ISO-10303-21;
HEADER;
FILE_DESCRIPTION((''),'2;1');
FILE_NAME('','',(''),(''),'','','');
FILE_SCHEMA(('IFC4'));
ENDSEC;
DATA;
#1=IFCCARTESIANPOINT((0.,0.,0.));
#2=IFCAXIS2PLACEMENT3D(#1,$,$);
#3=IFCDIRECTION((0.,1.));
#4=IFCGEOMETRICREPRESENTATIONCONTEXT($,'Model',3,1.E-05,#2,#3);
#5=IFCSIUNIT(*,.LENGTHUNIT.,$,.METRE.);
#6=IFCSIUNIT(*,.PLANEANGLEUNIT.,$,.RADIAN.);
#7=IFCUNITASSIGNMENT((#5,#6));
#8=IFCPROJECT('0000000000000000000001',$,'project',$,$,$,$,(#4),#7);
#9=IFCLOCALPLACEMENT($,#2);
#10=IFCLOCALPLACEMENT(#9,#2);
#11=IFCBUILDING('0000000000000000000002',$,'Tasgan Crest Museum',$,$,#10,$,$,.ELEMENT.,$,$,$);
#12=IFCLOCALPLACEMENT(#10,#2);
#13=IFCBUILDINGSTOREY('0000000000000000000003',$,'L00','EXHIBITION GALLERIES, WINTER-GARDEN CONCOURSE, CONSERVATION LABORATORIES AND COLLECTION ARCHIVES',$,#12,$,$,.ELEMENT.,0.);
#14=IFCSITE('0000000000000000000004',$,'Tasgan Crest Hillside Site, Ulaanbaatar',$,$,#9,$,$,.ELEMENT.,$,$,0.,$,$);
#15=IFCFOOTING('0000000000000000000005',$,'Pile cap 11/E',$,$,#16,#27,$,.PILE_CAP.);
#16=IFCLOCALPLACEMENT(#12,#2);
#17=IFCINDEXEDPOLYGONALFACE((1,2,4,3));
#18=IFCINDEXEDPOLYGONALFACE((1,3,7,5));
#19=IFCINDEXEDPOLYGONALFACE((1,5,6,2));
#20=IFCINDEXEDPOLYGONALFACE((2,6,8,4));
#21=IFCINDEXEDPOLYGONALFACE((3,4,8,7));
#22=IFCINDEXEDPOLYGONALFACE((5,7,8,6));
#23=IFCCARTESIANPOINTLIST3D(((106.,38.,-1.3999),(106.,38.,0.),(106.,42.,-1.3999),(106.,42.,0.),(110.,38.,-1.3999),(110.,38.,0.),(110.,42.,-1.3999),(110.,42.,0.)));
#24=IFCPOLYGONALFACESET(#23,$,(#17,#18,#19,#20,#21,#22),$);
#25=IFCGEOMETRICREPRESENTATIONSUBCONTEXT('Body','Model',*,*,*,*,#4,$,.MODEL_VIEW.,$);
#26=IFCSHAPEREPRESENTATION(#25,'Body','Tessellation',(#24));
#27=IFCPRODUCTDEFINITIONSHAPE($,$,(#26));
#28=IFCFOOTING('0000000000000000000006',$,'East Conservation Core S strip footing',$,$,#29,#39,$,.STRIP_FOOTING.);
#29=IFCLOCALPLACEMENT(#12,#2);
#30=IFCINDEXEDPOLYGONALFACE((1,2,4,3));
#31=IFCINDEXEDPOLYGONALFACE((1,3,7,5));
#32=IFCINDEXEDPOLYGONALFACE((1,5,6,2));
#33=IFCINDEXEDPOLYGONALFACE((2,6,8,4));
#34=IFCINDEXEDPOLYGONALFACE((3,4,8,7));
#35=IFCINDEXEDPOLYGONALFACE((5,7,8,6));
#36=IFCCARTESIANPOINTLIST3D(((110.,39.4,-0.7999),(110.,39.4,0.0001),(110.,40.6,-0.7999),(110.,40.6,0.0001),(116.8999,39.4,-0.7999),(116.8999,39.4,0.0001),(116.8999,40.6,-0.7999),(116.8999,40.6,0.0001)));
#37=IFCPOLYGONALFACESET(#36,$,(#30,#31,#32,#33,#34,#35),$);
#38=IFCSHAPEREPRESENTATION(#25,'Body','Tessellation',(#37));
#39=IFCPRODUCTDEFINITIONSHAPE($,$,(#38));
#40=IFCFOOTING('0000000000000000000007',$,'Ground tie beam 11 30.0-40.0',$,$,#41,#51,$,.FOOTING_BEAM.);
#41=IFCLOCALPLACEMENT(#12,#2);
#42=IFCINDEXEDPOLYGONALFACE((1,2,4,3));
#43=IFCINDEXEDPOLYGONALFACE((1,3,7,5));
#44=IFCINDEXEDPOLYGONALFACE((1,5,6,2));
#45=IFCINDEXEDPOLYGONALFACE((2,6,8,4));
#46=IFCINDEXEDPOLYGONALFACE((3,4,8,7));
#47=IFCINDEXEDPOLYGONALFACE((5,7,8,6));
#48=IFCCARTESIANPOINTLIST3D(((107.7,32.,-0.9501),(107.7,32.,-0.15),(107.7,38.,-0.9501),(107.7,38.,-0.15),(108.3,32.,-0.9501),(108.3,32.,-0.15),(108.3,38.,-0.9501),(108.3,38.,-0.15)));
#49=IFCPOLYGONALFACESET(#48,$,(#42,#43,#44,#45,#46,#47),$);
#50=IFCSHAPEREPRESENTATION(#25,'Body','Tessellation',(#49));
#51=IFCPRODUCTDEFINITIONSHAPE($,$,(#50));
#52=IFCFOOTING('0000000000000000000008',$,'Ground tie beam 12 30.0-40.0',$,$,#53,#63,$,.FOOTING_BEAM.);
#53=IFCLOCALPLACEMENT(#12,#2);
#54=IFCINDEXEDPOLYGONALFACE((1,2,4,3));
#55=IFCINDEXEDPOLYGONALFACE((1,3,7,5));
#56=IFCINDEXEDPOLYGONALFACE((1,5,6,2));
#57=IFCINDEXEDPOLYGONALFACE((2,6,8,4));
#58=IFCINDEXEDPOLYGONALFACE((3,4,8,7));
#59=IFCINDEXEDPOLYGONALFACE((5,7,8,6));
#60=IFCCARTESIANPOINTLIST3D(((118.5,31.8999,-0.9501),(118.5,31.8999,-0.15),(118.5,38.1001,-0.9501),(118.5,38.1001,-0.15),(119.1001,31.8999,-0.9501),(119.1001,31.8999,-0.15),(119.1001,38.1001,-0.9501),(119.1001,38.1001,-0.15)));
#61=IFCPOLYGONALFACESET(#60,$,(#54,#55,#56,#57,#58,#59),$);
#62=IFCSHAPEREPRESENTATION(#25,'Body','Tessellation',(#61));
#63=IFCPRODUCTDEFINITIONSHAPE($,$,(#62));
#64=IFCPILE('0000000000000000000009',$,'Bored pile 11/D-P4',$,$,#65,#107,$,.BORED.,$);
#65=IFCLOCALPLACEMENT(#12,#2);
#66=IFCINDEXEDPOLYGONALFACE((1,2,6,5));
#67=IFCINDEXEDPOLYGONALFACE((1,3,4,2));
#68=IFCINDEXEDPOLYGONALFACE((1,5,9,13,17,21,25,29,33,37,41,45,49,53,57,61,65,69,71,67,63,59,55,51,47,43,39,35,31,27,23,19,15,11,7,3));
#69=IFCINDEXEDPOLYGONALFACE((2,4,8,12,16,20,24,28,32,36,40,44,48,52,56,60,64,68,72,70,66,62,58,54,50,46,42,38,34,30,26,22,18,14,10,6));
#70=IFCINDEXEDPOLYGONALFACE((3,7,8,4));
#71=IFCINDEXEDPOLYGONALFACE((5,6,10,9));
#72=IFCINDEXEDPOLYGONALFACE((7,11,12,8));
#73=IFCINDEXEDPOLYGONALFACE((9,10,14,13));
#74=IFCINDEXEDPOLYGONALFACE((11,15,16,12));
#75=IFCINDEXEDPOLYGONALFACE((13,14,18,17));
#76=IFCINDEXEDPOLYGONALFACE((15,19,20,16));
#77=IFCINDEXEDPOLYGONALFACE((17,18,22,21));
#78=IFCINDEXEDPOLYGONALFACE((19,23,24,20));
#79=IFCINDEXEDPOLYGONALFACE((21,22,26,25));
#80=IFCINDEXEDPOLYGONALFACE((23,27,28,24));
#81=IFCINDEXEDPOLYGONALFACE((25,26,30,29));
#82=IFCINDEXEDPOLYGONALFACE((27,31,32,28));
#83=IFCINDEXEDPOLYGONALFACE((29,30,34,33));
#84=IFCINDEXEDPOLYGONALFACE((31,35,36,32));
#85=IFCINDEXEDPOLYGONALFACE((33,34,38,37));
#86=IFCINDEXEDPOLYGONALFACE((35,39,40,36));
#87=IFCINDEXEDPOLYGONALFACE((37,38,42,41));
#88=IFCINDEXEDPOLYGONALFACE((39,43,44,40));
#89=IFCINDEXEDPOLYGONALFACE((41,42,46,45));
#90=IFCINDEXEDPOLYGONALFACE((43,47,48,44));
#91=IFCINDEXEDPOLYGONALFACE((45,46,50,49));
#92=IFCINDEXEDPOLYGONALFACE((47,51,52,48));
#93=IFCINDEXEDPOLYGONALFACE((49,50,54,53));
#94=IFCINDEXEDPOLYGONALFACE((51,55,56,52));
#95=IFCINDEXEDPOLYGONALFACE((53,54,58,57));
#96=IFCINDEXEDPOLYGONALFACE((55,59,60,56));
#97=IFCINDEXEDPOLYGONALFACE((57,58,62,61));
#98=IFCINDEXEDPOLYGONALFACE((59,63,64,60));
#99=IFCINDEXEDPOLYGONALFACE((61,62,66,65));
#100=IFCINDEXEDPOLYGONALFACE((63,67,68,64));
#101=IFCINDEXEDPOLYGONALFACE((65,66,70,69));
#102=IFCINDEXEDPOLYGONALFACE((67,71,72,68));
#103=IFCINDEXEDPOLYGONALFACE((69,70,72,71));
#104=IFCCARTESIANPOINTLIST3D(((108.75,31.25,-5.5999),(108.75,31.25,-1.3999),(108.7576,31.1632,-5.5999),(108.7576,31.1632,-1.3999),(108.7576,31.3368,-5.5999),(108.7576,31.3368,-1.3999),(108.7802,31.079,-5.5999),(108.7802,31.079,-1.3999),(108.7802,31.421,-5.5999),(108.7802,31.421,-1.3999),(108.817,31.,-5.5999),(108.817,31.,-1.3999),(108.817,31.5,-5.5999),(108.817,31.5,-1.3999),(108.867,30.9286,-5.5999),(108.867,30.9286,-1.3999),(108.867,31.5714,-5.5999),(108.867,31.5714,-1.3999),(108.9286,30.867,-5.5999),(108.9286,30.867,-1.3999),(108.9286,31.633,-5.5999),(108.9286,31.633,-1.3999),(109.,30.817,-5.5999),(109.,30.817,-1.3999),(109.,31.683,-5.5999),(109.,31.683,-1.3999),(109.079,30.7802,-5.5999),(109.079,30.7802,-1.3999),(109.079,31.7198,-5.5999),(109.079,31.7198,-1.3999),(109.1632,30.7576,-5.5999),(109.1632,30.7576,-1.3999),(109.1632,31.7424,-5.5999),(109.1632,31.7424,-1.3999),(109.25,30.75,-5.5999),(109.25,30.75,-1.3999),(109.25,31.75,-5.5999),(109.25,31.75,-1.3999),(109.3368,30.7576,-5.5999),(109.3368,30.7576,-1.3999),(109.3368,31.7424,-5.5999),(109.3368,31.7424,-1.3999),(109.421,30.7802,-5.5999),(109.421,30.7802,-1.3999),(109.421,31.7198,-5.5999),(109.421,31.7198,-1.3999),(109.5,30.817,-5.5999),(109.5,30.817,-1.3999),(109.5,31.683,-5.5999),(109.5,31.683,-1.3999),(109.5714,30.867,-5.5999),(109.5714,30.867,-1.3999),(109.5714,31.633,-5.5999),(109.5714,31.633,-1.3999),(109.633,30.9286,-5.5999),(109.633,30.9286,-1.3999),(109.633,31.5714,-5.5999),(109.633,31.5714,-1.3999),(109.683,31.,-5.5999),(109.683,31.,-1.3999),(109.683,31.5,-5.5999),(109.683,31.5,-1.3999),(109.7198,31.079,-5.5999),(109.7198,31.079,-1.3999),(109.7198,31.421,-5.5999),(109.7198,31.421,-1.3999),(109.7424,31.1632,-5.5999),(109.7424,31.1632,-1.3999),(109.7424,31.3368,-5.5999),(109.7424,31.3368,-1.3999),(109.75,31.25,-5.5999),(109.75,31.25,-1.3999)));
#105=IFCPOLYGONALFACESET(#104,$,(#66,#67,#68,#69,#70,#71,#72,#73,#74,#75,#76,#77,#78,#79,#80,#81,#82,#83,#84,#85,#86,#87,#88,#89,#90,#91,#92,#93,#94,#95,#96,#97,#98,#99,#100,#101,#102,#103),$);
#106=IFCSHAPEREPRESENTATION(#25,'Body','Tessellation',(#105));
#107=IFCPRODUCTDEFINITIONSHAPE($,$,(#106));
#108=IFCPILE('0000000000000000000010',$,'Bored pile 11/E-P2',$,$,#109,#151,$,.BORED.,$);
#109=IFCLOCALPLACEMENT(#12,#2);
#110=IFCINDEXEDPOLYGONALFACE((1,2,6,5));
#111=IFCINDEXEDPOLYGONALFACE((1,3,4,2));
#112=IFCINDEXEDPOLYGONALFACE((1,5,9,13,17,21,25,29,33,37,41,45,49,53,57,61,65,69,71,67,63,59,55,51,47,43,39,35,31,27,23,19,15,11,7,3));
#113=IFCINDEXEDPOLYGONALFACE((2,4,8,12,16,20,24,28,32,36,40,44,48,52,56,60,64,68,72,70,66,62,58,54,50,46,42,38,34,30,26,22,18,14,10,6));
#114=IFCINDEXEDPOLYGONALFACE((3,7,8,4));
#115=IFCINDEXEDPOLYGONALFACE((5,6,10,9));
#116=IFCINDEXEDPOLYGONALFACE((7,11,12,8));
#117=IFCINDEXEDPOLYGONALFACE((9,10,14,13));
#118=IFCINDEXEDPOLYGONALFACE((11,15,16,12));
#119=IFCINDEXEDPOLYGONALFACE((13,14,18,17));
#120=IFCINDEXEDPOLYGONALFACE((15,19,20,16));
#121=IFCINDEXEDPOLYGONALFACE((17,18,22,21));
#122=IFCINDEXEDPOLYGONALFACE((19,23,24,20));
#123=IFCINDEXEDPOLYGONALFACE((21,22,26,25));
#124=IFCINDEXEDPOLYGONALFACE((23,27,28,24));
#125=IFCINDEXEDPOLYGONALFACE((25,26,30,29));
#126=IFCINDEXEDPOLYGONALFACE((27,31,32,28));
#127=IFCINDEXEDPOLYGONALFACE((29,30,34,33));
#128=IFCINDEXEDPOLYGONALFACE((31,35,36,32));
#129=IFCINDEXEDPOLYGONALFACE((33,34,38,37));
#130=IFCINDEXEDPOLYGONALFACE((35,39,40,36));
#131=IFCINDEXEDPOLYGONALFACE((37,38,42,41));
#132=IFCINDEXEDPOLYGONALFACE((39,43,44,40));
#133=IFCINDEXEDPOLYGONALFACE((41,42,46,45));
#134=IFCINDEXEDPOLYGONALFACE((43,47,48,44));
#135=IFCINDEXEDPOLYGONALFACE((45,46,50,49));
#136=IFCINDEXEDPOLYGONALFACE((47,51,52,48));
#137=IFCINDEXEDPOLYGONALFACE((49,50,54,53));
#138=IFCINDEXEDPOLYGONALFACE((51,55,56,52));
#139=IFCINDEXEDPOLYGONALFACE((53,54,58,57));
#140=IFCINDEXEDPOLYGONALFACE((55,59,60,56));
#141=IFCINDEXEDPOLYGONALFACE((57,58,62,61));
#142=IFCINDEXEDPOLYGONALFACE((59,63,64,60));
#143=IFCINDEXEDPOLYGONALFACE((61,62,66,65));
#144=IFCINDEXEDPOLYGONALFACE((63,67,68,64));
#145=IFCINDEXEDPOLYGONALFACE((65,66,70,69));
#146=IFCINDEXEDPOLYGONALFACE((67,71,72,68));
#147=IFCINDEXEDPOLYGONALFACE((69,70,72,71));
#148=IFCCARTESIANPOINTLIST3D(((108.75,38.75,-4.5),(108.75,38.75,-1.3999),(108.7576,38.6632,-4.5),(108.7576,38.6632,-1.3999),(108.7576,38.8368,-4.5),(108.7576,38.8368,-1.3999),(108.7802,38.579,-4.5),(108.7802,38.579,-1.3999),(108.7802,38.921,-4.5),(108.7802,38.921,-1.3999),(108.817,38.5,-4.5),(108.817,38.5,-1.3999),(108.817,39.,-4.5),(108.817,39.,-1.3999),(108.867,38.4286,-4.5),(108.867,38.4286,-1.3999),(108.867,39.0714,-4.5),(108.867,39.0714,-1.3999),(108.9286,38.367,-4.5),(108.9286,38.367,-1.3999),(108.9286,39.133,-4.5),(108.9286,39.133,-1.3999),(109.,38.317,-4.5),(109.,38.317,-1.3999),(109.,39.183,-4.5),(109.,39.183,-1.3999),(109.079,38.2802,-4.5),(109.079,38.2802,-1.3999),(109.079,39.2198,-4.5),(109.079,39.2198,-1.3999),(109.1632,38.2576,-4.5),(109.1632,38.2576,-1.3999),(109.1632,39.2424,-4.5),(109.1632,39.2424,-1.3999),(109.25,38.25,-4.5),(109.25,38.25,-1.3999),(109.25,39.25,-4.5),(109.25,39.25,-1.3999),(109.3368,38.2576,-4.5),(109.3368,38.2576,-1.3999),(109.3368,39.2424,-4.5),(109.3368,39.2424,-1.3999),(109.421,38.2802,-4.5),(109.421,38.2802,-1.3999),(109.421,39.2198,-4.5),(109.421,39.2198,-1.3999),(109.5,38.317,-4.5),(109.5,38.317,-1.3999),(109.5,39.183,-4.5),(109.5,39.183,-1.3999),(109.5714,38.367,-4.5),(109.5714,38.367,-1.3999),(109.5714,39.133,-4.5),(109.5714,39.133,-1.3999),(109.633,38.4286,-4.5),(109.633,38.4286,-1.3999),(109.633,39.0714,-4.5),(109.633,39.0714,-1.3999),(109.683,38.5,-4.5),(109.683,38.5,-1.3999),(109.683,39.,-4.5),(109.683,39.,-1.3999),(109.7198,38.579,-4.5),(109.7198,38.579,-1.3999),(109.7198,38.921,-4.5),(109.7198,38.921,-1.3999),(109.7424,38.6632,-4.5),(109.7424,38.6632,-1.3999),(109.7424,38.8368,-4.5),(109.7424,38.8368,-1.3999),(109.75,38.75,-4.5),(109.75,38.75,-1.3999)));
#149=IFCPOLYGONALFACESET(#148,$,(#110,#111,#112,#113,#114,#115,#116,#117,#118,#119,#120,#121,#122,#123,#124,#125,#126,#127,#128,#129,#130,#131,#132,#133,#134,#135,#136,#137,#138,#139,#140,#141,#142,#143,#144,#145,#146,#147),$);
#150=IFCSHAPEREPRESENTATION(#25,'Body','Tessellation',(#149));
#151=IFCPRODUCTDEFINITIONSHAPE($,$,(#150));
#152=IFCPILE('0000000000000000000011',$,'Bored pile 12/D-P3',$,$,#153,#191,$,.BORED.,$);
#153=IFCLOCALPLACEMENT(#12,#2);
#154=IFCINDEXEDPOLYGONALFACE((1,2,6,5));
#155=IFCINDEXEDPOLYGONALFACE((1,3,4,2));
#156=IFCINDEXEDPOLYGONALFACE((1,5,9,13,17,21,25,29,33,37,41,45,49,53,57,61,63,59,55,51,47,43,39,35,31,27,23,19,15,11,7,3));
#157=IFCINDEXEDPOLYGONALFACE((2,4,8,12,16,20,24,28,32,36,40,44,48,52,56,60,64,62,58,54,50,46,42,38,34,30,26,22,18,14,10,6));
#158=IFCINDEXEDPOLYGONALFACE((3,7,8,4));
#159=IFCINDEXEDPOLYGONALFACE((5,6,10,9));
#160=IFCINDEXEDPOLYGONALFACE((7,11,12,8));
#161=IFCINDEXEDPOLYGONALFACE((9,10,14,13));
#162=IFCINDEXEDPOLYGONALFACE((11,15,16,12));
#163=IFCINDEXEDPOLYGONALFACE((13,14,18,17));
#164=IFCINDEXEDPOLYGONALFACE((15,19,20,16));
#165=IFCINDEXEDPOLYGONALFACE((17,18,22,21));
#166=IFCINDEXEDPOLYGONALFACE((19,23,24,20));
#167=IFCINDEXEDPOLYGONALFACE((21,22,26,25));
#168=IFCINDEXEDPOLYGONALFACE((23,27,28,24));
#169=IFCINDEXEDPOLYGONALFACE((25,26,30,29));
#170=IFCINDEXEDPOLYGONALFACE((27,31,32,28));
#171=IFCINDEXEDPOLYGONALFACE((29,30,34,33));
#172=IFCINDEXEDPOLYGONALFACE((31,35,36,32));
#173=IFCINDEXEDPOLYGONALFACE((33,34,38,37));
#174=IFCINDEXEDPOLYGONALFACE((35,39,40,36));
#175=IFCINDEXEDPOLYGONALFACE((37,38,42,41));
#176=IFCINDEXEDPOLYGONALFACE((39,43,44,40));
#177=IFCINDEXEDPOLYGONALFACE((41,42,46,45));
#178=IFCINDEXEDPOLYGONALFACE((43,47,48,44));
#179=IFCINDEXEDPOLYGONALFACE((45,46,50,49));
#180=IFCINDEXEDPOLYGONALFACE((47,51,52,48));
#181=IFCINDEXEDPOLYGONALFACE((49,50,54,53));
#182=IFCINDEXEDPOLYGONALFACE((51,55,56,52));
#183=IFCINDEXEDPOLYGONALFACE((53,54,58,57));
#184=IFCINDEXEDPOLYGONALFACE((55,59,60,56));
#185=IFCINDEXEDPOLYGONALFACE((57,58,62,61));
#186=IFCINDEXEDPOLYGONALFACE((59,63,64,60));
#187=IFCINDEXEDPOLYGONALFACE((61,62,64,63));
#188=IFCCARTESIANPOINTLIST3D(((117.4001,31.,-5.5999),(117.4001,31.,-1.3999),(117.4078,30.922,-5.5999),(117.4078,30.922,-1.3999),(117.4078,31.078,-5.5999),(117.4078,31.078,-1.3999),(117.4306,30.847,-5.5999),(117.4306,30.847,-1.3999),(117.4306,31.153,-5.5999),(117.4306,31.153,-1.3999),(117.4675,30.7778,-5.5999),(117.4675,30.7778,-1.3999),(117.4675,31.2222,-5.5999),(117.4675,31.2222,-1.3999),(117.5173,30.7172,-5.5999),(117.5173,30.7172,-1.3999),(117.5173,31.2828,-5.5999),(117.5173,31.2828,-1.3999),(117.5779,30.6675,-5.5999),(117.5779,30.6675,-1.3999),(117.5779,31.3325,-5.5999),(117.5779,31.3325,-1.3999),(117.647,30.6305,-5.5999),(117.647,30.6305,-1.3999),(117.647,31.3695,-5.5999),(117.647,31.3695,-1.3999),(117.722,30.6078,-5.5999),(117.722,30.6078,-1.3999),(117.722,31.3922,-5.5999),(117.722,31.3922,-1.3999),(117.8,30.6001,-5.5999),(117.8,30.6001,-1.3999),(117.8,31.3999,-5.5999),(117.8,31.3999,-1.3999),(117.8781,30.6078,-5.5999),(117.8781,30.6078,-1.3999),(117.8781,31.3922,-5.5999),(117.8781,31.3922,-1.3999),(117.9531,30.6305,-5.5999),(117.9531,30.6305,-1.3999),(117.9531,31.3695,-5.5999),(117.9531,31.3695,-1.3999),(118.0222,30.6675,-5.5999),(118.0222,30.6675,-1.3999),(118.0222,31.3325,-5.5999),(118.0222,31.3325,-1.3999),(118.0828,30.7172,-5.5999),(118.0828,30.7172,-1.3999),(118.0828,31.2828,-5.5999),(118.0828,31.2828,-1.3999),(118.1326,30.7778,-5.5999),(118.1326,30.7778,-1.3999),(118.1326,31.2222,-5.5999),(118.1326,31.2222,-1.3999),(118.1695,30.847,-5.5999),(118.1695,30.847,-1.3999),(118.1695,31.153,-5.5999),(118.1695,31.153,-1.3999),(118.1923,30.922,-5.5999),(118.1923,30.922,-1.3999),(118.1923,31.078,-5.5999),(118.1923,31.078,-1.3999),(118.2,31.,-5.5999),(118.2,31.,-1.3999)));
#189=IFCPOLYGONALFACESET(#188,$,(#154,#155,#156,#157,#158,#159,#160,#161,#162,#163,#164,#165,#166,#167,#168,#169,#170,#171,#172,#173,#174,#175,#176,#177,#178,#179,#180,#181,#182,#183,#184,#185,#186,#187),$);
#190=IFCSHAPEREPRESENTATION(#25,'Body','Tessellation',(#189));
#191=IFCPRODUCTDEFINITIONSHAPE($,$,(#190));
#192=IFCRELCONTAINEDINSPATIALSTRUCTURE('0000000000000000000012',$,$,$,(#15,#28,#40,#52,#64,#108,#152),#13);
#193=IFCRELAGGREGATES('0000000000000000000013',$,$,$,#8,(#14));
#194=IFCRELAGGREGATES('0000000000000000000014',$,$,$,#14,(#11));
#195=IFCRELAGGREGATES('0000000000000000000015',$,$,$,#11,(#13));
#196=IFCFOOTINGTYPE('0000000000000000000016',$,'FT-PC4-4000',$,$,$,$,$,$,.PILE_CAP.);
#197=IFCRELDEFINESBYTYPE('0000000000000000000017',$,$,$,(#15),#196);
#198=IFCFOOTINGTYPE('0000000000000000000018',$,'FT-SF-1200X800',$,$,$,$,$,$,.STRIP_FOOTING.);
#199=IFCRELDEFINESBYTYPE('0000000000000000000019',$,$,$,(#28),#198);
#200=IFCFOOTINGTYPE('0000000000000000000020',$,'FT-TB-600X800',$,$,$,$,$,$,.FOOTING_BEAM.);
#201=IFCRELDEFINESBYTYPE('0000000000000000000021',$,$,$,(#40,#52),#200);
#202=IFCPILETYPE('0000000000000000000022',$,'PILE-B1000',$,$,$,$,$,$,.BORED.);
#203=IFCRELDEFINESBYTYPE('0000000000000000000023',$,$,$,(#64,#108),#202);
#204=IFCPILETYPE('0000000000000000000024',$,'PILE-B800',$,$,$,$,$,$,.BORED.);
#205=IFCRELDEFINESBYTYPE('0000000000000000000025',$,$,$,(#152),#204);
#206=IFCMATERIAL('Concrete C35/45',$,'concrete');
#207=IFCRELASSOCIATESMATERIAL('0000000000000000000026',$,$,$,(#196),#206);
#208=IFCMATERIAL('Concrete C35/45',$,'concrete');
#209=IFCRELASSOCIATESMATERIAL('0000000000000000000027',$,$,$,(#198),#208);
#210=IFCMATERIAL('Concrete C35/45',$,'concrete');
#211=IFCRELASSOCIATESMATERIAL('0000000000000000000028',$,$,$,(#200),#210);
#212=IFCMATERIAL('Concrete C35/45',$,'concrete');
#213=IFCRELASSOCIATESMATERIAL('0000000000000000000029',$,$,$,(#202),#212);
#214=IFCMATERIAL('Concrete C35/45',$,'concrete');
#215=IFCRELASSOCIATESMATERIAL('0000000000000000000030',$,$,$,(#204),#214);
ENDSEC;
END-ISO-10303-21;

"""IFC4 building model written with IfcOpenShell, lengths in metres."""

from ifc_helpers import new_model, si_unit, direction, frame, origin, origin_2d, place, context, subcontext, project, spatial, rectangle, circle, extrude, material, material_profile, profile_set, type_object, element, save


model = new_model("IFC4")

# Units and contexts
model_context = context("Model", 3, precision=1e-05, world=origin(), true_north=direction((0.0, 1.0)))
body_context = subcontext(model_context, "Body", "Model", "MODEL_VIEW")
ifc_project = project(units=[si_unit("LENGTHUNIT", "METRE"), si_unit("PLANEANGLEUNIT", "RADIAN")], contexts=[model_context])

# Site, building, storey
site_placement = place(None, origin())
site = spatial("IfcSite", under=ifc_project, at=site_placement, Name="Tasgan Crest Hillside Site, Ulaanbaatar", CompositionType="ELEMENT", RefElevation=0.0)
building_placement = place(site_placement, origin())
building = spatial("IfcBuilding", under=site, at=building_placement, Name="Tasgan Crest Museum", CompositionType="ELEMENT")
storey_placement = place(building_placement, origin())
storey = spatial("IfcBuildingStorey", under=building, at=storey_placement, Name="L00", Description="EXHIBITION GALLERIES, WINTER-GARDEN CONCOURSE, CONSERVATION LABORATORIES AND COLLECTION ARCHIVES", CompositionType="ELEMENT", Elevation=0.0)

# Footings
ifc_material_1 = material(Name="Concrete C35/45", Category="concrete")
footing_type_1 = type_object("IfcFootingType", Name="FT-PC4-4000", PredefinedType="PILE_CAP", material=ifc_material_1)
footing_1_placement = place(storey_placement, frame((108.0, 40.0, -1.3999), z_axis=(0.0, 0.0, 1.0), x_axis=(1.0, 0.0, 0.0)))
element("IfcFooting", 1, at=footing_1_placement, inside=storey, type_object=footing_type_1, Name="Pile cap 11/E", PredefinedType="PILE_CAP", context=body_context, shape_type="SweptSolid", body=[
    extrude(rectangle(XDim=4.0, YDim=4.0, at=origin_2d()), origin(), (0.0, 0.0, 1.0), 1.3999),
])
ifc_material_2 = material(Name="Concrete C35/45", Category="concrete")
ifc_material_profile_1 = material_profile(ifc_material_2, rectangle(XDim=1.2, YDim=0.8, at=origin_2d()), Name="SF 1200x800")
ifc_profile_set_1 = profile_set([ifc_material_profile_1], Name="Concrete C35/45")
footing_type_2 = type_object("IfcFootingType", Name="FT-SF-1200X800", PredefinedType="STRIP_FOOTING", material=ifc_profile_set_1)
footing_2_placement = place(storey_placement, frame((110.0, 40.0, -0.3999), z_axis=(1.0, 0.0, 0.0), x_axis=(0.0, 1.0, 0.0)))
element("IfcFooting", 2, at=footing_2_placement, inside=storey, type_object=footing_type_2, Name="East Conservation Core S strip footing", PredefinedType="STRIP_FOOTING", context=body_context, shape_type="SweptSolid", body=[
    extrude(rectangle(XDim=1.2, YDim=0.8, at=origin_2d()), origin(), (0.0, 0.0, 1.0), 6.8999),
])
ifc_material_3 = material(Name="Concrete C35/45", Category="concrete")
ifc_material_profile_2 = material_profile(ifc_material_3, rectangle(XDim=0.6001, YDim=0.8, at=origin_2d()), Name="TB 600x800")
ifc_profile_set_2 = profile_set([ifc_material_profile_2], Name="Concrete C35/45")
footing_type_3 = type_object("IfcFootingType", Name="FT-TB-600X800", PredefinedType="FOOTING_BEAM", material=ifc_profile_set_2)
footing_3_placement = place(storey_placement, frame((108.0, 32.0, -0.55), z_axis=(0.0, 1.0, 0.0), x_axis=(-1.0, 0.0, 0.0)))
element("IfcFooting", 3, at=footing_3_placement, inside=storey, type_object=footing_type_3, Name="Ground tie beam 11 30.0-40.0", PredefinedType="FOOTING_BEAM", context=body_context, shape_type="SweptSolid", body=[
    extrude(rectangle(XDim=0.6001, YDim=0.8, at=origin_2d()), origin(), (0.0, 0.0, 1.0), 6.0),
])
footing_4_placement = place(storey_placement, frame((118.8, 31.8999, -0.55), z_axis=(0.0, 1.0, 0.0), x_axis=(-1.0, 0.0, 0.0)))
element("IfcFooting", 4, at=footing_4_placement, inside=storey, type_object=footing_type_3, Name="Ground tie beam 12 30.0-40.0", PredefinedType="FOOTING_BEAM", context=body_context, shape_type="SweptSolid", body=[
    extrude(rectangle(XDim=0.6001, YDim=0.8, at=origin_2d()), origin(), (0.0, 0.0, 1.0), 6.2002),
])

# Piles
ifc_material_4 = material(Name="Concrete C35/45", Category="concrete")
ifc_material_profile_3 = material_profile(ifc_material_4, circle(Radius=0.5, at=origin_2d()), Name="PILE D1000")
ifc_profile_set_3 = profile_set([ifc_material_profile_3], Name="Concrete C35/45")
pile_type_1 = type_object("IfcPileType", Name="PILE-B1000", PredefinedType="BORED", material=ifc_profile_set_3)
pile_1_placement = place(storey_placement, frame((109.25, 31.25, -1.3999), z_axis=(0.0, 0.0, -1.0), x_axis=(1.0, 0.0, 0.0)))
element("IfcPile", 5, at=pile_1_placement, inside=storey, type_object=pile_type_1, Name="Bored pile 11/D-P4", PredefinedType="BORED", context=body_context, shape_type="SweptSolid", body=[
    extrude(circle(Radius=0.5, at=origin_2d()), origin(), (0.0, 0.0, 1.0), 4.2),
])
pile_2_placement = place(storey_placement, frame((109.25, 38.75, -1.3999), z_axis=(0.0, 0.0, -1.0), x_axis=(1.0, 0.0, 0.0)))
element("IfcPile", 6, at=pile_2_placement, inside=storey, type_object=pile_type_1, Name="Bored pile 11/E-P2", PredefinedType="BORED", context=body_context, shape_type="SweptSolid", body=[
    extrude(circle(Radius=0.5, at=origin_2d()), origin(), (0.0, 0.0, 1.0), 3.1001),
])
ifc_material_5 = material(Name="Concrete C35/45", Category="concrete")
ifc_material_profile_4 = material_profile(ifc_material_5, circle(Radius=0.3999, at=origin_2d()), Name="PILE D800")
ifc_profile_set_4 = profile_set([ifc_material_profile_4], Name="Concrete C35/45")
pile_type_2 = type_object("IfcPileType", Name="PILE-B800", PredefinedType="BORED", material=ifc_profile_set_4)
for number, where, z_axis, x_axis, name in (
    (7, (117.8, 31.0, -1.3999), (0.0, 0.0, -1.0), (1.0, 0.0, 0.0), "Bored pile 12/D-P3"),
):
    element("IfcPile", number, at=place(storey_placement, frame(where, z_axis=z_axis, x_axis=x_axis)), inside=storey, type_object=pile_type_2, Name=name, PredefinedType="BORED", context=body_context, shape_type="SweptSolid", body=[
        extrude(circle(Radius=0.3999, at=origin_2d()), origin(), (0.0, 0.0, 1.0), 4.2),
    ])

save(model, "model.ifc")
